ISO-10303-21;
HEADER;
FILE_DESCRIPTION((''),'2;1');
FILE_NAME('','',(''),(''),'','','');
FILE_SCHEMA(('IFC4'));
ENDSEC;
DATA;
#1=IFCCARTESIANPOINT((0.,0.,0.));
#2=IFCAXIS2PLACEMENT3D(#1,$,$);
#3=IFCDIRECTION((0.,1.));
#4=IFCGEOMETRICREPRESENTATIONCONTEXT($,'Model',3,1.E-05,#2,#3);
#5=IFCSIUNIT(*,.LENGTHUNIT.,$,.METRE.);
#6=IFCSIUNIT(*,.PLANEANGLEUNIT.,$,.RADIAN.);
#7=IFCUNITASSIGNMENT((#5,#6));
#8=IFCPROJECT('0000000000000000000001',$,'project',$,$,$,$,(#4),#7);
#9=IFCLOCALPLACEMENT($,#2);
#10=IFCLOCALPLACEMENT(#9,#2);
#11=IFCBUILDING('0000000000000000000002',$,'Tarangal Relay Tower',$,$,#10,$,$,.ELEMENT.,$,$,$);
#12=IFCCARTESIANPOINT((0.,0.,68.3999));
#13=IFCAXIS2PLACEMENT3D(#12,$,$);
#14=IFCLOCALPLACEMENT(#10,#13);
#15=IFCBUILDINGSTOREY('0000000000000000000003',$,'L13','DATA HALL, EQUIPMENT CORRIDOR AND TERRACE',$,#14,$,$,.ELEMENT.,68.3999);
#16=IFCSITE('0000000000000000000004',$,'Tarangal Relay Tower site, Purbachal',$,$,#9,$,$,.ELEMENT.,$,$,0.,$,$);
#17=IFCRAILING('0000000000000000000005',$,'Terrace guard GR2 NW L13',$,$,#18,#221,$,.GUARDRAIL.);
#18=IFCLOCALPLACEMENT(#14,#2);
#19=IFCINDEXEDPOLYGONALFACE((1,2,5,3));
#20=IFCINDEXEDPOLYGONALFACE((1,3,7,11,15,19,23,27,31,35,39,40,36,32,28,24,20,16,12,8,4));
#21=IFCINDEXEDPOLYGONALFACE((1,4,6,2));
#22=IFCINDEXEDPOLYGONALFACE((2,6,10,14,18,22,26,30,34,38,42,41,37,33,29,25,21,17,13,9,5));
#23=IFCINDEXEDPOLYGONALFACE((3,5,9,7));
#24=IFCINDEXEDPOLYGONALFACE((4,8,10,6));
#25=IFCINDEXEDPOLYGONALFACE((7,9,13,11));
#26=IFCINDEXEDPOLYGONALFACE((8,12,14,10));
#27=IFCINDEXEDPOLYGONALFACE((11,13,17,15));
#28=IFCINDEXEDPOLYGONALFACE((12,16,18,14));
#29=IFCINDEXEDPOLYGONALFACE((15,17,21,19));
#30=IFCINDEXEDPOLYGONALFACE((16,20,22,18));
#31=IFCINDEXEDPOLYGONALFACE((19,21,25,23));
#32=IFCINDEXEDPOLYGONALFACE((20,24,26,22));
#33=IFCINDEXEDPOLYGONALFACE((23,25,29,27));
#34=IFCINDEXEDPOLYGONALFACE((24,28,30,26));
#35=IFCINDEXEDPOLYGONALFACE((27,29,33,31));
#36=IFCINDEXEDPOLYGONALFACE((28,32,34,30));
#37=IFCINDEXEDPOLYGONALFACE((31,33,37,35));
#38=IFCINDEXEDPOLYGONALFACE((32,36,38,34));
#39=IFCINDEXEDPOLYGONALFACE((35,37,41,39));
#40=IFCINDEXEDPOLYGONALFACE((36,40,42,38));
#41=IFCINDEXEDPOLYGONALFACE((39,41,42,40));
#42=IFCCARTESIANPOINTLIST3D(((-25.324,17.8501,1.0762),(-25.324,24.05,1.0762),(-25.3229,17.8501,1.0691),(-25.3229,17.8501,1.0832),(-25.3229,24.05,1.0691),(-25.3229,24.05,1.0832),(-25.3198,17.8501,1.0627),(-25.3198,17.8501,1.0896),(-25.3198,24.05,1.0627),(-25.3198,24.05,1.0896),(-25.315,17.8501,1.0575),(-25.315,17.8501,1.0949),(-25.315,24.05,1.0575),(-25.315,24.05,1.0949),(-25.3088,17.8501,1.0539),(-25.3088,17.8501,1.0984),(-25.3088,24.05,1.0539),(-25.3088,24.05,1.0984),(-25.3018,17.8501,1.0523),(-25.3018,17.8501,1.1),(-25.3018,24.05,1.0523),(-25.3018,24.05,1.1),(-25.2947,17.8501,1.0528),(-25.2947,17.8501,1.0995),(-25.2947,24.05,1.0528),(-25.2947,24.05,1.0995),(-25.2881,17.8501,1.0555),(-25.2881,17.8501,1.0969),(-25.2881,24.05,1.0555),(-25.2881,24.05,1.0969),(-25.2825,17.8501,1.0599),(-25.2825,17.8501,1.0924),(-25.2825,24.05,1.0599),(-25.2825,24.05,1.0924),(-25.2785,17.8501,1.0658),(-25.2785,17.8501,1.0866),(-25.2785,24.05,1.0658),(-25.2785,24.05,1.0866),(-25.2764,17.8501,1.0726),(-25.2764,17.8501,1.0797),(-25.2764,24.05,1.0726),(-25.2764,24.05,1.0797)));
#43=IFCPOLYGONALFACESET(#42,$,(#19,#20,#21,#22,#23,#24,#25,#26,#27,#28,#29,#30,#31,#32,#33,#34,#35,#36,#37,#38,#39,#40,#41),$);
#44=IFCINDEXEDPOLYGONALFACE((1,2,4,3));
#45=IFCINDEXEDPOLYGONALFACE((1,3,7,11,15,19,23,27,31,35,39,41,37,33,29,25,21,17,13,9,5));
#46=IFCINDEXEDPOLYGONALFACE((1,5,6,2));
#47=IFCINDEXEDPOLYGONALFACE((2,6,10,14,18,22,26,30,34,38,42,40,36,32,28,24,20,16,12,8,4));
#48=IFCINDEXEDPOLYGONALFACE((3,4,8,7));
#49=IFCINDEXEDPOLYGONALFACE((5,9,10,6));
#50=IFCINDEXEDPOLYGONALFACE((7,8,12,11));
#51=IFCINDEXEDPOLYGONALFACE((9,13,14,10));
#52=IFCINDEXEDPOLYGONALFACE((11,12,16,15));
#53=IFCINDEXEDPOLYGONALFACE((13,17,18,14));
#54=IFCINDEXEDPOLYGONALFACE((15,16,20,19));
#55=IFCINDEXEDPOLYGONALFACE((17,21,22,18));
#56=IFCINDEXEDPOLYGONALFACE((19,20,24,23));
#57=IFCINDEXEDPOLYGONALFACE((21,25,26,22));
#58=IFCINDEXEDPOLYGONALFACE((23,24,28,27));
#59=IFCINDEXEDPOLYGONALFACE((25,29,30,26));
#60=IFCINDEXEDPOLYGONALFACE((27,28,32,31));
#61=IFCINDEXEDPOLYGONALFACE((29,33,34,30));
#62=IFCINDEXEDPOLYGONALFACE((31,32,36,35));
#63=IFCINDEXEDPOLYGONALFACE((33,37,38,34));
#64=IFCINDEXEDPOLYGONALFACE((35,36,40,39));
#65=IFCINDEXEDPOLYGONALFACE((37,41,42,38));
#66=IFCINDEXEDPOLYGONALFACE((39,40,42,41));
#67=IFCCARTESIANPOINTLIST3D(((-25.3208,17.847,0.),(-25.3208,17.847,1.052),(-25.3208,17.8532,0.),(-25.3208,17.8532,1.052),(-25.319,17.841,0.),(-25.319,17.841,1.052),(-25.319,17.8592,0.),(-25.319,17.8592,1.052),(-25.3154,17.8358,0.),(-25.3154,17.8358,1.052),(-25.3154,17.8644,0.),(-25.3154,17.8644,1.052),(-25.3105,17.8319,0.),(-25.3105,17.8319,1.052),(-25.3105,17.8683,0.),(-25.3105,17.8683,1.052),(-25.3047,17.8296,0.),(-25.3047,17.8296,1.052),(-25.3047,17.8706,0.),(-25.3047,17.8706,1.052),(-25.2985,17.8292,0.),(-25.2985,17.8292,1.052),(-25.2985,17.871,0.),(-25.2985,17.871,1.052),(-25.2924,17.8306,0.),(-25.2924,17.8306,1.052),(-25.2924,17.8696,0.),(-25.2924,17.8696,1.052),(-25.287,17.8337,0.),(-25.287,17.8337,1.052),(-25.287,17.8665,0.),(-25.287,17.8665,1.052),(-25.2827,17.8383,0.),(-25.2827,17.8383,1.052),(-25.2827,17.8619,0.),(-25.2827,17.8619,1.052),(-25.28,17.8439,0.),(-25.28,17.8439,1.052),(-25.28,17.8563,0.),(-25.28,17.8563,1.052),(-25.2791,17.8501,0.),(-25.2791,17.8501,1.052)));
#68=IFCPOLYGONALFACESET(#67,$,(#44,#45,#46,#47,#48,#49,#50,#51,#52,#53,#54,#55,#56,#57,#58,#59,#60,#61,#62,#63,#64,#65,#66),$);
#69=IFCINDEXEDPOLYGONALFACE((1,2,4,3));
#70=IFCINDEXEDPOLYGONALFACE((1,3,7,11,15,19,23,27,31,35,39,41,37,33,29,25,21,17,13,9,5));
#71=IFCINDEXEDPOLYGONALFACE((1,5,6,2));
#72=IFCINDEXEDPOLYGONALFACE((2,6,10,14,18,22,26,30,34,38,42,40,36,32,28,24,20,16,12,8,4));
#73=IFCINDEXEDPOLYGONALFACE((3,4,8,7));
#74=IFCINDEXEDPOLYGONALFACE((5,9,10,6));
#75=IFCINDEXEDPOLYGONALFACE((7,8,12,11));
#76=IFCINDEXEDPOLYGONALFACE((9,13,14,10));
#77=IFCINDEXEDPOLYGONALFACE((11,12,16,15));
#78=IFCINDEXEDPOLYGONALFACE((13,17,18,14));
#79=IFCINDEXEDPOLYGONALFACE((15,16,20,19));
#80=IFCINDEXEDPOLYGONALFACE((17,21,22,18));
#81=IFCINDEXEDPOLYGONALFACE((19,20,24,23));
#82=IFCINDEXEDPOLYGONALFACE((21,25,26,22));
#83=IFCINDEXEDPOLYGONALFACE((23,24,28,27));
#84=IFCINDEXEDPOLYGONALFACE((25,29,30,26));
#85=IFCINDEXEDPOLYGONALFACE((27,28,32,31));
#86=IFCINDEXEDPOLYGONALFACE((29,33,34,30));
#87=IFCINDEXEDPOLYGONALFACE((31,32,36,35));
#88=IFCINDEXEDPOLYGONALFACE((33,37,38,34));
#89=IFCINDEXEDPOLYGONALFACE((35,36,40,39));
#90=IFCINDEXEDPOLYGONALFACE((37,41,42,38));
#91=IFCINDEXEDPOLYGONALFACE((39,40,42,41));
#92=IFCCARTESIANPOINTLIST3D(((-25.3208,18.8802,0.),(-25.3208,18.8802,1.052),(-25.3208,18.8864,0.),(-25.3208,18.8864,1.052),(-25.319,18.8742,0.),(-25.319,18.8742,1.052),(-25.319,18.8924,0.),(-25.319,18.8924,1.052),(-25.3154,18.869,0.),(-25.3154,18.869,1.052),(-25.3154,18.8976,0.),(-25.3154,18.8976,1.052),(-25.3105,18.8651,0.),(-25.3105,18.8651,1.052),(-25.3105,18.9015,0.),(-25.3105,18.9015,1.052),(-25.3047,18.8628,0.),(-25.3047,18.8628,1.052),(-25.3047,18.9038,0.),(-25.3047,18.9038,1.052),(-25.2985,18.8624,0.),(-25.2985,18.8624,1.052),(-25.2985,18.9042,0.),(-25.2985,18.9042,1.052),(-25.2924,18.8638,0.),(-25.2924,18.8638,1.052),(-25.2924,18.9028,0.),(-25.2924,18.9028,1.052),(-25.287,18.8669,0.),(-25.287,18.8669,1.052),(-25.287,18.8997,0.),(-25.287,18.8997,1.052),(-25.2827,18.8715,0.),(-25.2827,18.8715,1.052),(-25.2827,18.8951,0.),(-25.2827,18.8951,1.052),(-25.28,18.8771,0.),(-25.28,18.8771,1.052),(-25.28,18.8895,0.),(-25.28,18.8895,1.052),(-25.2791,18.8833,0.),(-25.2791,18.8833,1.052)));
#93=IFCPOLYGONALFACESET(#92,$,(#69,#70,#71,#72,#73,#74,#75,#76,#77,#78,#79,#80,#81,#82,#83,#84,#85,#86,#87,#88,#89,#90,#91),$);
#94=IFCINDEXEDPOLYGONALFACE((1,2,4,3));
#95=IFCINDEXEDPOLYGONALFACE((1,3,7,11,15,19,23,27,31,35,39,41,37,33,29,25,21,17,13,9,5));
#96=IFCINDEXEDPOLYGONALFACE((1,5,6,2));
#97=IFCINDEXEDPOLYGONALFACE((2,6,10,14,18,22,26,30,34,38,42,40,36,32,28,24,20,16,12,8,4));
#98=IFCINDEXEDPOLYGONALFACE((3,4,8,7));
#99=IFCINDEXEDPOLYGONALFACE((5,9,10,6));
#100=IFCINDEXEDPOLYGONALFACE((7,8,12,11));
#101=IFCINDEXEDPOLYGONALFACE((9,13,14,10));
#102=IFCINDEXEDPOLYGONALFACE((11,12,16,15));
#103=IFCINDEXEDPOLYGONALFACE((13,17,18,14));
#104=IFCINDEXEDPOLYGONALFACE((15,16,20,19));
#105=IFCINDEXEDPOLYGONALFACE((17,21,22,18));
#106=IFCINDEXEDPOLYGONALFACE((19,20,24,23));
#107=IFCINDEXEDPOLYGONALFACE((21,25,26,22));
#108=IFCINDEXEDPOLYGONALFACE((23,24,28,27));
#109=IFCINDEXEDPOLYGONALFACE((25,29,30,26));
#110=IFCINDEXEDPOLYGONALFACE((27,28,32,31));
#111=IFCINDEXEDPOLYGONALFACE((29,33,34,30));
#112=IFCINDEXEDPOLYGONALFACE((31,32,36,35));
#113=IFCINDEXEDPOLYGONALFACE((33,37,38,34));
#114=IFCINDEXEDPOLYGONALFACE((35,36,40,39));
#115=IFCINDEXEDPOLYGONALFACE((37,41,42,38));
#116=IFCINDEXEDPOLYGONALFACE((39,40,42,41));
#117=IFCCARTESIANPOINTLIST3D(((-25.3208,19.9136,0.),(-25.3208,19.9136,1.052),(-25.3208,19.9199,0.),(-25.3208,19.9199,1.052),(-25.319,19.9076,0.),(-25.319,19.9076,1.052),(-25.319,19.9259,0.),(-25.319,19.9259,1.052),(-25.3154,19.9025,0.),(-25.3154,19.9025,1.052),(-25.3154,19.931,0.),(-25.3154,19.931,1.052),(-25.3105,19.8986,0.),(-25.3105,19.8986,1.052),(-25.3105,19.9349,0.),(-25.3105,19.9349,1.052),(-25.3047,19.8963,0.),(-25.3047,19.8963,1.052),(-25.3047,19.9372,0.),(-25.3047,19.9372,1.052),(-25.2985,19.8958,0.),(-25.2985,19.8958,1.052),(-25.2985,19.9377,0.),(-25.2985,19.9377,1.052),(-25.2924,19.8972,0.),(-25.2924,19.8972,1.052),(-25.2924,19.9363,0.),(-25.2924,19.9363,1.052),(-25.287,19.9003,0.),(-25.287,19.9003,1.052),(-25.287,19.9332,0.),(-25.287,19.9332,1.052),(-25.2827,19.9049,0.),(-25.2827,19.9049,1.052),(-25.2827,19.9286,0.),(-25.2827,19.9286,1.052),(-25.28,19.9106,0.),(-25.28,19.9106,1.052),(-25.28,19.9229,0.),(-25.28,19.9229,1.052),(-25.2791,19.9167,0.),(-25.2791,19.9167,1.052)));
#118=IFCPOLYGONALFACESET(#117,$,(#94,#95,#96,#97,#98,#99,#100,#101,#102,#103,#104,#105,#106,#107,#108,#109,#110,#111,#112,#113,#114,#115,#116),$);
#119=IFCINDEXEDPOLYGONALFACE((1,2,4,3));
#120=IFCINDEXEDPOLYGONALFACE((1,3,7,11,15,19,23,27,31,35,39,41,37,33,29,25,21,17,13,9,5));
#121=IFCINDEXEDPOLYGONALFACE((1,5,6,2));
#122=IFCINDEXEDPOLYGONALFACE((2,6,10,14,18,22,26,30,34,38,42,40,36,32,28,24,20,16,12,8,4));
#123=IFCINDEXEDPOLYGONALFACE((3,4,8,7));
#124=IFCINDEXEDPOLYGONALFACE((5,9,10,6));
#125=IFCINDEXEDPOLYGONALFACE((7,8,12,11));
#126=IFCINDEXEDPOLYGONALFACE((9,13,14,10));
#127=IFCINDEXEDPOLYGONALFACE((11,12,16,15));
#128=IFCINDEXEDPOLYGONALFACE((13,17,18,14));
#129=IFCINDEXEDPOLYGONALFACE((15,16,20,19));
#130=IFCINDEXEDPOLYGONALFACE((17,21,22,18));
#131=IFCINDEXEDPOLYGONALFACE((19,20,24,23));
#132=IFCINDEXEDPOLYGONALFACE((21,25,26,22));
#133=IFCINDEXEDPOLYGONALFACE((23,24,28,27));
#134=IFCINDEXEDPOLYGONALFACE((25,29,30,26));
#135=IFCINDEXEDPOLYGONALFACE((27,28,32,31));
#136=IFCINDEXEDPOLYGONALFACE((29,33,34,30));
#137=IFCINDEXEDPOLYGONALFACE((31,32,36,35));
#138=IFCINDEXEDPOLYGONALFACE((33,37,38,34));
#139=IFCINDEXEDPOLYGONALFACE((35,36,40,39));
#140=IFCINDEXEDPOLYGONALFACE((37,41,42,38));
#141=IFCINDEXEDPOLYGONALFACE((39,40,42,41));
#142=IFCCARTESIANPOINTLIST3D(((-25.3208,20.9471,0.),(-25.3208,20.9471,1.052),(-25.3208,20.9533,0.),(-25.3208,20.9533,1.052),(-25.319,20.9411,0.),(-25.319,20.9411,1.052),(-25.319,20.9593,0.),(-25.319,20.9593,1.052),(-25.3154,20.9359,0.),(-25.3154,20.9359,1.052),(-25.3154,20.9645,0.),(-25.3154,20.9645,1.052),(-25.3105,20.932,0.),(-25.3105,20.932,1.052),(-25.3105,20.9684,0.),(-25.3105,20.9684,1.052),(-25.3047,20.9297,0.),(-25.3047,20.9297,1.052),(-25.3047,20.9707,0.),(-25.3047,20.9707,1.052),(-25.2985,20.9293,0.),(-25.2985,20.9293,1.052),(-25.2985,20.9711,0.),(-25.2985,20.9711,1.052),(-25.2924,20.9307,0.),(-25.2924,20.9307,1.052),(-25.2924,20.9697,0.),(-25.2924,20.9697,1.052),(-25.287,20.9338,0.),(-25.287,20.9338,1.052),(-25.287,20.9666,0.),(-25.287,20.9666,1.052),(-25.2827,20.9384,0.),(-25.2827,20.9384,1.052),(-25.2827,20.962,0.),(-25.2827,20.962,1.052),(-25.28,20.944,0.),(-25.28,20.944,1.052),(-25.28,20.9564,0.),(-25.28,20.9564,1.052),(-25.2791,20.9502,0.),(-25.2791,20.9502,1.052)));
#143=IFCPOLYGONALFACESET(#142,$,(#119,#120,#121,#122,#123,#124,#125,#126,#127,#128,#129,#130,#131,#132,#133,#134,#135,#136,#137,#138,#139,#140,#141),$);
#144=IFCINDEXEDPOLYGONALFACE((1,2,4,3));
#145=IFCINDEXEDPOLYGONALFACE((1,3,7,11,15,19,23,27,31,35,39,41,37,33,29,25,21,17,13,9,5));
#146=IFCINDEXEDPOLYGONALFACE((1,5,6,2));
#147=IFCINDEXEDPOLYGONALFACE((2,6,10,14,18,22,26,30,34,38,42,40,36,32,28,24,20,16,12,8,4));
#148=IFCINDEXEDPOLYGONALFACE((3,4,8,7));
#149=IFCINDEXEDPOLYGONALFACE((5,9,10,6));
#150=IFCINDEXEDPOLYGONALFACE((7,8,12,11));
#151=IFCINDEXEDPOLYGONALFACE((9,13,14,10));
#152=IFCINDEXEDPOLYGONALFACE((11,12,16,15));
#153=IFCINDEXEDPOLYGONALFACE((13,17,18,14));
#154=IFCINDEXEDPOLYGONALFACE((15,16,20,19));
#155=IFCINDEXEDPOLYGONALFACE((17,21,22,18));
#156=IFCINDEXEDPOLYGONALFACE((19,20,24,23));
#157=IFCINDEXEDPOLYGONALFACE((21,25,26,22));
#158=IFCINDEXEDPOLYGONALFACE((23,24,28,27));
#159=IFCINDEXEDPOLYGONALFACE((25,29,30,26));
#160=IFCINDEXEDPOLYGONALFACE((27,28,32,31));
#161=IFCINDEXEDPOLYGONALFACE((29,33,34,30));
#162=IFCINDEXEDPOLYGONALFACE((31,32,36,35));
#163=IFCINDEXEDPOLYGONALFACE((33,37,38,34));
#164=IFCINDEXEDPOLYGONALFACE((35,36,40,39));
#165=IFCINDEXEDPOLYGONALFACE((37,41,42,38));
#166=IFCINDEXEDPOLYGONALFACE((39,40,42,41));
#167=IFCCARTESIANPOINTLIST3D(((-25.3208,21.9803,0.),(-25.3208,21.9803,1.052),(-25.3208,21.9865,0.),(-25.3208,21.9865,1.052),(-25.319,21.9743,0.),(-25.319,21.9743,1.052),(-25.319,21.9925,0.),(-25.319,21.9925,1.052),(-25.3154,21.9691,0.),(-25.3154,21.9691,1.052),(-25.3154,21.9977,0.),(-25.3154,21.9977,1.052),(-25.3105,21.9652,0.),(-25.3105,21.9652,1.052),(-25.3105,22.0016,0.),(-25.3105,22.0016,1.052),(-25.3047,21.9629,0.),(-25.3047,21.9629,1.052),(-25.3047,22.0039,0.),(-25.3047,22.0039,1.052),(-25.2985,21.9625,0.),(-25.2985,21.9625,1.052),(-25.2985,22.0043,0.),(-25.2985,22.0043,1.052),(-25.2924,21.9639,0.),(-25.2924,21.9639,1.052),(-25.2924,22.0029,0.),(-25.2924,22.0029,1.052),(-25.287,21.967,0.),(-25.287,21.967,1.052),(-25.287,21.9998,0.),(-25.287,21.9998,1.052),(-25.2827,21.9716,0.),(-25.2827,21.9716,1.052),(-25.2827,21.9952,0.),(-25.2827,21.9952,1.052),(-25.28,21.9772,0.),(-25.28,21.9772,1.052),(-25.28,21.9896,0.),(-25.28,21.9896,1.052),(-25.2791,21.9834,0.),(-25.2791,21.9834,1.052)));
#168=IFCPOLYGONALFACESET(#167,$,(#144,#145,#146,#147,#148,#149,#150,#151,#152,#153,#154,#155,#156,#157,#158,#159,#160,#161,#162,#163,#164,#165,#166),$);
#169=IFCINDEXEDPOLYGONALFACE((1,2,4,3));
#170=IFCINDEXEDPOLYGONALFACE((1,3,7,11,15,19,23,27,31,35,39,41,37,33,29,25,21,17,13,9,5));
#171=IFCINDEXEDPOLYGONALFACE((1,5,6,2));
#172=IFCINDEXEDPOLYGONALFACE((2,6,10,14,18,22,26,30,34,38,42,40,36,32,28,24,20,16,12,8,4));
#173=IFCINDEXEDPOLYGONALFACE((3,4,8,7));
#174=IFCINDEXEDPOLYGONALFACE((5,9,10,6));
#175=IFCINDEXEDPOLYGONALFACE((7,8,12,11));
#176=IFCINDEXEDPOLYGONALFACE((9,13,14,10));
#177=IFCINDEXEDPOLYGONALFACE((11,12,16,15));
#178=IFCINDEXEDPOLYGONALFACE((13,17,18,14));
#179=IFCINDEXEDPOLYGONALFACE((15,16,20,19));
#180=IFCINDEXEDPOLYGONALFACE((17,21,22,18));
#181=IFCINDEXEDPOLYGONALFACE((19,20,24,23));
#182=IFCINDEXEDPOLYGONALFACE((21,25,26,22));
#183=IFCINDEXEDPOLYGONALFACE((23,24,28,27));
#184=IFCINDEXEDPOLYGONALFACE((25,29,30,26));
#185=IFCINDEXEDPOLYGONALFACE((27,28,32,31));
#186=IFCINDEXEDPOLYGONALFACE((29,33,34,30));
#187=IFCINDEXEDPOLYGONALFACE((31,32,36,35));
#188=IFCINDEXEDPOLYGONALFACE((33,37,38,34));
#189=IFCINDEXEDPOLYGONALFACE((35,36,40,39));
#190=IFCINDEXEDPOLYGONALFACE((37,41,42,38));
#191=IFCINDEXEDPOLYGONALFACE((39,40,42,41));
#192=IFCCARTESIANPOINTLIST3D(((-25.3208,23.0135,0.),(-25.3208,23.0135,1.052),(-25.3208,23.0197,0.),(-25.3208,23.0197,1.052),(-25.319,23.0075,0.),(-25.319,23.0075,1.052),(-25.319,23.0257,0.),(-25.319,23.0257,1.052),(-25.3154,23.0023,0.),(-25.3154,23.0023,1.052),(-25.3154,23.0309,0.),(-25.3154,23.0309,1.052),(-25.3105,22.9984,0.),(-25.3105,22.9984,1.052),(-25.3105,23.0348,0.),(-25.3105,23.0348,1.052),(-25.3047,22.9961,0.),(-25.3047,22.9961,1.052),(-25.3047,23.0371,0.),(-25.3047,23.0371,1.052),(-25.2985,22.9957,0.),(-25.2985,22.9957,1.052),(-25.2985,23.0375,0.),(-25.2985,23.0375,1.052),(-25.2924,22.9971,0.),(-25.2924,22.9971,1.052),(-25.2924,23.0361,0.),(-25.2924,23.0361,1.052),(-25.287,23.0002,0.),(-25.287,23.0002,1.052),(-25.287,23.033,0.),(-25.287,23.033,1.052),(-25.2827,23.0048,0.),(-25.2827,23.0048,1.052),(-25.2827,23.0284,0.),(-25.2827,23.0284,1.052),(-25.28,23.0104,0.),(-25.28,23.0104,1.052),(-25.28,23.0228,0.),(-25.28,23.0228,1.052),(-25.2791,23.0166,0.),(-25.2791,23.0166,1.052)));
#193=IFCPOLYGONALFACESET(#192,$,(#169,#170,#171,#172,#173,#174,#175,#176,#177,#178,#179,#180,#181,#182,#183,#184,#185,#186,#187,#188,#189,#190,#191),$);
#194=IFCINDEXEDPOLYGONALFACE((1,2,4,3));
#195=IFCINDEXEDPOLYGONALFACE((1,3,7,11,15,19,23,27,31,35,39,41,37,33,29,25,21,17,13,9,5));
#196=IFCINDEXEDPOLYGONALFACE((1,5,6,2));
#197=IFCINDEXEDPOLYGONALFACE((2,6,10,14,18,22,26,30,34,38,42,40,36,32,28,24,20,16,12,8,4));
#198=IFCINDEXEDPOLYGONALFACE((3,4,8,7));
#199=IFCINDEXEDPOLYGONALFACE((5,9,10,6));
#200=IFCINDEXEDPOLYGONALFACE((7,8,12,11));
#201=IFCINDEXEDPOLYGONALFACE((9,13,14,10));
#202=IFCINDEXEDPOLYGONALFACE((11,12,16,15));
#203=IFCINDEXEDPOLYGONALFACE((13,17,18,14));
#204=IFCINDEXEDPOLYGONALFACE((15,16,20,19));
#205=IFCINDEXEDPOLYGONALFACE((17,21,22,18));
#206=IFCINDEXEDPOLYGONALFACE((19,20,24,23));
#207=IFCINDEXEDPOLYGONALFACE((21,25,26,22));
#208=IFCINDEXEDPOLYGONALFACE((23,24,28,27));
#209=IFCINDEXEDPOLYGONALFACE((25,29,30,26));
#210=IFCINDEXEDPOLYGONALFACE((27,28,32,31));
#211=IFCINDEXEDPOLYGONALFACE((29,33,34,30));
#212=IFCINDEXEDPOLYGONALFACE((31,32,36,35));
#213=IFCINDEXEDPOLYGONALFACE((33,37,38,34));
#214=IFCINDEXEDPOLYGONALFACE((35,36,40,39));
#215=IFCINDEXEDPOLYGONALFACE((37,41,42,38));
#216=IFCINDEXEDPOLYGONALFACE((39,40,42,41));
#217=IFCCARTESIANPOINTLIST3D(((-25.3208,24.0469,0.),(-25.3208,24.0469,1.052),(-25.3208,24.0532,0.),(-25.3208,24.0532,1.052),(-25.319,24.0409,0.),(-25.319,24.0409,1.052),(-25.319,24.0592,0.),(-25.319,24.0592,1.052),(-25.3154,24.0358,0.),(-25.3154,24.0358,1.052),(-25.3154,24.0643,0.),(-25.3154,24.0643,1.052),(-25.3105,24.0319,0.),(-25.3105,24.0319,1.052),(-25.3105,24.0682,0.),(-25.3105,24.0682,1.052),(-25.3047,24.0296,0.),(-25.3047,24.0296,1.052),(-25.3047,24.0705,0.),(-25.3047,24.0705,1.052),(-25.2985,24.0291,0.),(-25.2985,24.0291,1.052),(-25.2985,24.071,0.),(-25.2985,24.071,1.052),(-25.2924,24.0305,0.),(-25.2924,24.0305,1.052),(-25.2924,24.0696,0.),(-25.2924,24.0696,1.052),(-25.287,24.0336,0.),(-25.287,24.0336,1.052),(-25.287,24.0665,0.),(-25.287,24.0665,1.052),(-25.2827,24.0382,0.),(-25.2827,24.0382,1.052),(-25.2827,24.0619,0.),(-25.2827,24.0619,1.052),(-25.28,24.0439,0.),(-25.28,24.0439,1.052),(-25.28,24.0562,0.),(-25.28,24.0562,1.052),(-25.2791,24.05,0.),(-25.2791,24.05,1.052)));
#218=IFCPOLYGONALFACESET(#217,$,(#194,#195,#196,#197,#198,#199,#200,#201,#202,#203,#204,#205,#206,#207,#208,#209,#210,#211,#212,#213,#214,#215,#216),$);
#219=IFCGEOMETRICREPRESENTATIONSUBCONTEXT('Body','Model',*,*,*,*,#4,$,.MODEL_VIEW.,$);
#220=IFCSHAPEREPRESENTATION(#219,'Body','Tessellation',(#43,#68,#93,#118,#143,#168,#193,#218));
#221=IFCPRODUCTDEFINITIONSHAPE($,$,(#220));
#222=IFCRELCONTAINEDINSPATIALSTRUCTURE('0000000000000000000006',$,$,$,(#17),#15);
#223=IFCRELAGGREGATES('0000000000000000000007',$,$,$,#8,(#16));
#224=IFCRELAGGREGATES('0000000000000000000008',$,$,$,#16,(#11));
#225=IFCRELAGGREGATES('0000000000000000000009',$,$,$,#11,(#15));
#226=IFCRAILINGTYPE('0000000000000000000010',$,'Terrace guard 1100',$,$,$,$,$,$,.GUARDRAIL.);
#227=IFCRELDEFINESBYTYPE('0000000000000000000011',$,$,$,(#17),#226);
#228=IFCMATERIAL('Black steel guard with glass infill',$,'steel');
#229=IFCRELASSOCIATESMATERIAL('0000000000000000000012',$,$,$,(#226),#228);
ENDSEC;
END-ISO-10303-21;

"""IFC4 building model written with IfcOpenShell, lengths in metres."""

from ifc_helpers import new_model, si_unit, direction, frame, origin, origin_2d, place, context, subcontext, project, spatial, circle, extrude, material, type_object, element, save


model = new_model("IFC4")

# Units and contexts
model_context = context("Model", 3, precision=1e-05, world=origin(), true_north=direction((0.0, 1.0)))
body_context = subcontext(model_context, "Body", "Model", "MODEL_VIEW")
ifc_project = project(units=[si_unit("LENGTHUNIT", "METRE"), si_unit("PLANEANGLEUNIT", "RADIAN")], contexts=[model_context])

# Site, building, storey
site_placement = place(None, origin())
site = spatial("IfcSite", under=ifc_project, at=site_placement, Name="Tarangal Relay Tower site, Purbachal", CompositionType="ELEMENT", RefElevation=0.0)
building_placement = place(site_placement, origin())
building = spatial("IfcBuilding", under=site, at=building_placement, Name="Tarangal Relay Tower", CompositionType="ELEMENT")
storey_placement = place(building_placement, frame((0.0, 0.0, 68.3999)))
storey = spatial("IfcBuildingStorey", under=building, at=storey_placement, Name="L13", Description="DATA HALL, EQUIPMENT CORRIDOR AND TERRACE", CompositionType="ELEMENT", Elevation=68.3999)

# Railing
ifc_material_1 = material(Name="Black steel guard with glass infill", Category="steel")
railing_type = type_object("IfcRailingType", Name="Terrace guard 1100", PredefinedType="GUARDRAIL", material=ifc_material_1)
railing_1_placement = place(storey_placement, frame((-25.3, 17.8501, 0.0)))
element("IfcRailing", 1, at=railing_1_placement, inside=storey, type_object=railing_type, Name="Terrace guard GR2 NW L13", PredefinedType="GUARDRAIL", context=body_context, shape_type="SweptSolid", body=[
    extrude(circle(Radius=0.0239, at=origin_2d()), frame((0.0, 0.0, 1.0762), z_axis=(0.0, 1.0, 0.0), x_axis=(-1.0, 0.0, 0.0)), (0.0, 0.0, 1.0), 6.2),
    extrude(circle(Radius=0.021, at=origin_2d()), origin(), (0.0, 0.0, 1.0), 1.052),
    extrude(circle(Radius=0.021, at=origin_2d()), frame((0.0, 1.0332, 0.0)), (0.0, 0.0, 1.0), 1.052),
    extrude(circle(Radius=0.021, at=origin_2d()), frame((0.0, 2.0667, 0.0)), (0.0, 0.0, 1.0), 1.052),
    extrude(circle(Radius=0.021, at=origin_2d()), frame((0.0, 3.1001, 0.0)), (0.0, 0.0, 1.0), 1.052),
    extrude(circle(Radius=0.021, at=origin_2d()), frame((0.0, 4.1333, 0.0)), (0.0, 0.0, 1.0), 1.052),
    extrude(circle(Radius=0.021, at=origin_2d()), frame((0.0, 5.1665, 0.0)), (0.0, 0.0, 1.0), 1.052),
    extrude(circle(Radius=0.021, at=origin_2d()), frame((0.0, 6.2, 0.0)), (0.0, 0.0, 1.0), 1.052),
])

save(model, "model.ifc")
